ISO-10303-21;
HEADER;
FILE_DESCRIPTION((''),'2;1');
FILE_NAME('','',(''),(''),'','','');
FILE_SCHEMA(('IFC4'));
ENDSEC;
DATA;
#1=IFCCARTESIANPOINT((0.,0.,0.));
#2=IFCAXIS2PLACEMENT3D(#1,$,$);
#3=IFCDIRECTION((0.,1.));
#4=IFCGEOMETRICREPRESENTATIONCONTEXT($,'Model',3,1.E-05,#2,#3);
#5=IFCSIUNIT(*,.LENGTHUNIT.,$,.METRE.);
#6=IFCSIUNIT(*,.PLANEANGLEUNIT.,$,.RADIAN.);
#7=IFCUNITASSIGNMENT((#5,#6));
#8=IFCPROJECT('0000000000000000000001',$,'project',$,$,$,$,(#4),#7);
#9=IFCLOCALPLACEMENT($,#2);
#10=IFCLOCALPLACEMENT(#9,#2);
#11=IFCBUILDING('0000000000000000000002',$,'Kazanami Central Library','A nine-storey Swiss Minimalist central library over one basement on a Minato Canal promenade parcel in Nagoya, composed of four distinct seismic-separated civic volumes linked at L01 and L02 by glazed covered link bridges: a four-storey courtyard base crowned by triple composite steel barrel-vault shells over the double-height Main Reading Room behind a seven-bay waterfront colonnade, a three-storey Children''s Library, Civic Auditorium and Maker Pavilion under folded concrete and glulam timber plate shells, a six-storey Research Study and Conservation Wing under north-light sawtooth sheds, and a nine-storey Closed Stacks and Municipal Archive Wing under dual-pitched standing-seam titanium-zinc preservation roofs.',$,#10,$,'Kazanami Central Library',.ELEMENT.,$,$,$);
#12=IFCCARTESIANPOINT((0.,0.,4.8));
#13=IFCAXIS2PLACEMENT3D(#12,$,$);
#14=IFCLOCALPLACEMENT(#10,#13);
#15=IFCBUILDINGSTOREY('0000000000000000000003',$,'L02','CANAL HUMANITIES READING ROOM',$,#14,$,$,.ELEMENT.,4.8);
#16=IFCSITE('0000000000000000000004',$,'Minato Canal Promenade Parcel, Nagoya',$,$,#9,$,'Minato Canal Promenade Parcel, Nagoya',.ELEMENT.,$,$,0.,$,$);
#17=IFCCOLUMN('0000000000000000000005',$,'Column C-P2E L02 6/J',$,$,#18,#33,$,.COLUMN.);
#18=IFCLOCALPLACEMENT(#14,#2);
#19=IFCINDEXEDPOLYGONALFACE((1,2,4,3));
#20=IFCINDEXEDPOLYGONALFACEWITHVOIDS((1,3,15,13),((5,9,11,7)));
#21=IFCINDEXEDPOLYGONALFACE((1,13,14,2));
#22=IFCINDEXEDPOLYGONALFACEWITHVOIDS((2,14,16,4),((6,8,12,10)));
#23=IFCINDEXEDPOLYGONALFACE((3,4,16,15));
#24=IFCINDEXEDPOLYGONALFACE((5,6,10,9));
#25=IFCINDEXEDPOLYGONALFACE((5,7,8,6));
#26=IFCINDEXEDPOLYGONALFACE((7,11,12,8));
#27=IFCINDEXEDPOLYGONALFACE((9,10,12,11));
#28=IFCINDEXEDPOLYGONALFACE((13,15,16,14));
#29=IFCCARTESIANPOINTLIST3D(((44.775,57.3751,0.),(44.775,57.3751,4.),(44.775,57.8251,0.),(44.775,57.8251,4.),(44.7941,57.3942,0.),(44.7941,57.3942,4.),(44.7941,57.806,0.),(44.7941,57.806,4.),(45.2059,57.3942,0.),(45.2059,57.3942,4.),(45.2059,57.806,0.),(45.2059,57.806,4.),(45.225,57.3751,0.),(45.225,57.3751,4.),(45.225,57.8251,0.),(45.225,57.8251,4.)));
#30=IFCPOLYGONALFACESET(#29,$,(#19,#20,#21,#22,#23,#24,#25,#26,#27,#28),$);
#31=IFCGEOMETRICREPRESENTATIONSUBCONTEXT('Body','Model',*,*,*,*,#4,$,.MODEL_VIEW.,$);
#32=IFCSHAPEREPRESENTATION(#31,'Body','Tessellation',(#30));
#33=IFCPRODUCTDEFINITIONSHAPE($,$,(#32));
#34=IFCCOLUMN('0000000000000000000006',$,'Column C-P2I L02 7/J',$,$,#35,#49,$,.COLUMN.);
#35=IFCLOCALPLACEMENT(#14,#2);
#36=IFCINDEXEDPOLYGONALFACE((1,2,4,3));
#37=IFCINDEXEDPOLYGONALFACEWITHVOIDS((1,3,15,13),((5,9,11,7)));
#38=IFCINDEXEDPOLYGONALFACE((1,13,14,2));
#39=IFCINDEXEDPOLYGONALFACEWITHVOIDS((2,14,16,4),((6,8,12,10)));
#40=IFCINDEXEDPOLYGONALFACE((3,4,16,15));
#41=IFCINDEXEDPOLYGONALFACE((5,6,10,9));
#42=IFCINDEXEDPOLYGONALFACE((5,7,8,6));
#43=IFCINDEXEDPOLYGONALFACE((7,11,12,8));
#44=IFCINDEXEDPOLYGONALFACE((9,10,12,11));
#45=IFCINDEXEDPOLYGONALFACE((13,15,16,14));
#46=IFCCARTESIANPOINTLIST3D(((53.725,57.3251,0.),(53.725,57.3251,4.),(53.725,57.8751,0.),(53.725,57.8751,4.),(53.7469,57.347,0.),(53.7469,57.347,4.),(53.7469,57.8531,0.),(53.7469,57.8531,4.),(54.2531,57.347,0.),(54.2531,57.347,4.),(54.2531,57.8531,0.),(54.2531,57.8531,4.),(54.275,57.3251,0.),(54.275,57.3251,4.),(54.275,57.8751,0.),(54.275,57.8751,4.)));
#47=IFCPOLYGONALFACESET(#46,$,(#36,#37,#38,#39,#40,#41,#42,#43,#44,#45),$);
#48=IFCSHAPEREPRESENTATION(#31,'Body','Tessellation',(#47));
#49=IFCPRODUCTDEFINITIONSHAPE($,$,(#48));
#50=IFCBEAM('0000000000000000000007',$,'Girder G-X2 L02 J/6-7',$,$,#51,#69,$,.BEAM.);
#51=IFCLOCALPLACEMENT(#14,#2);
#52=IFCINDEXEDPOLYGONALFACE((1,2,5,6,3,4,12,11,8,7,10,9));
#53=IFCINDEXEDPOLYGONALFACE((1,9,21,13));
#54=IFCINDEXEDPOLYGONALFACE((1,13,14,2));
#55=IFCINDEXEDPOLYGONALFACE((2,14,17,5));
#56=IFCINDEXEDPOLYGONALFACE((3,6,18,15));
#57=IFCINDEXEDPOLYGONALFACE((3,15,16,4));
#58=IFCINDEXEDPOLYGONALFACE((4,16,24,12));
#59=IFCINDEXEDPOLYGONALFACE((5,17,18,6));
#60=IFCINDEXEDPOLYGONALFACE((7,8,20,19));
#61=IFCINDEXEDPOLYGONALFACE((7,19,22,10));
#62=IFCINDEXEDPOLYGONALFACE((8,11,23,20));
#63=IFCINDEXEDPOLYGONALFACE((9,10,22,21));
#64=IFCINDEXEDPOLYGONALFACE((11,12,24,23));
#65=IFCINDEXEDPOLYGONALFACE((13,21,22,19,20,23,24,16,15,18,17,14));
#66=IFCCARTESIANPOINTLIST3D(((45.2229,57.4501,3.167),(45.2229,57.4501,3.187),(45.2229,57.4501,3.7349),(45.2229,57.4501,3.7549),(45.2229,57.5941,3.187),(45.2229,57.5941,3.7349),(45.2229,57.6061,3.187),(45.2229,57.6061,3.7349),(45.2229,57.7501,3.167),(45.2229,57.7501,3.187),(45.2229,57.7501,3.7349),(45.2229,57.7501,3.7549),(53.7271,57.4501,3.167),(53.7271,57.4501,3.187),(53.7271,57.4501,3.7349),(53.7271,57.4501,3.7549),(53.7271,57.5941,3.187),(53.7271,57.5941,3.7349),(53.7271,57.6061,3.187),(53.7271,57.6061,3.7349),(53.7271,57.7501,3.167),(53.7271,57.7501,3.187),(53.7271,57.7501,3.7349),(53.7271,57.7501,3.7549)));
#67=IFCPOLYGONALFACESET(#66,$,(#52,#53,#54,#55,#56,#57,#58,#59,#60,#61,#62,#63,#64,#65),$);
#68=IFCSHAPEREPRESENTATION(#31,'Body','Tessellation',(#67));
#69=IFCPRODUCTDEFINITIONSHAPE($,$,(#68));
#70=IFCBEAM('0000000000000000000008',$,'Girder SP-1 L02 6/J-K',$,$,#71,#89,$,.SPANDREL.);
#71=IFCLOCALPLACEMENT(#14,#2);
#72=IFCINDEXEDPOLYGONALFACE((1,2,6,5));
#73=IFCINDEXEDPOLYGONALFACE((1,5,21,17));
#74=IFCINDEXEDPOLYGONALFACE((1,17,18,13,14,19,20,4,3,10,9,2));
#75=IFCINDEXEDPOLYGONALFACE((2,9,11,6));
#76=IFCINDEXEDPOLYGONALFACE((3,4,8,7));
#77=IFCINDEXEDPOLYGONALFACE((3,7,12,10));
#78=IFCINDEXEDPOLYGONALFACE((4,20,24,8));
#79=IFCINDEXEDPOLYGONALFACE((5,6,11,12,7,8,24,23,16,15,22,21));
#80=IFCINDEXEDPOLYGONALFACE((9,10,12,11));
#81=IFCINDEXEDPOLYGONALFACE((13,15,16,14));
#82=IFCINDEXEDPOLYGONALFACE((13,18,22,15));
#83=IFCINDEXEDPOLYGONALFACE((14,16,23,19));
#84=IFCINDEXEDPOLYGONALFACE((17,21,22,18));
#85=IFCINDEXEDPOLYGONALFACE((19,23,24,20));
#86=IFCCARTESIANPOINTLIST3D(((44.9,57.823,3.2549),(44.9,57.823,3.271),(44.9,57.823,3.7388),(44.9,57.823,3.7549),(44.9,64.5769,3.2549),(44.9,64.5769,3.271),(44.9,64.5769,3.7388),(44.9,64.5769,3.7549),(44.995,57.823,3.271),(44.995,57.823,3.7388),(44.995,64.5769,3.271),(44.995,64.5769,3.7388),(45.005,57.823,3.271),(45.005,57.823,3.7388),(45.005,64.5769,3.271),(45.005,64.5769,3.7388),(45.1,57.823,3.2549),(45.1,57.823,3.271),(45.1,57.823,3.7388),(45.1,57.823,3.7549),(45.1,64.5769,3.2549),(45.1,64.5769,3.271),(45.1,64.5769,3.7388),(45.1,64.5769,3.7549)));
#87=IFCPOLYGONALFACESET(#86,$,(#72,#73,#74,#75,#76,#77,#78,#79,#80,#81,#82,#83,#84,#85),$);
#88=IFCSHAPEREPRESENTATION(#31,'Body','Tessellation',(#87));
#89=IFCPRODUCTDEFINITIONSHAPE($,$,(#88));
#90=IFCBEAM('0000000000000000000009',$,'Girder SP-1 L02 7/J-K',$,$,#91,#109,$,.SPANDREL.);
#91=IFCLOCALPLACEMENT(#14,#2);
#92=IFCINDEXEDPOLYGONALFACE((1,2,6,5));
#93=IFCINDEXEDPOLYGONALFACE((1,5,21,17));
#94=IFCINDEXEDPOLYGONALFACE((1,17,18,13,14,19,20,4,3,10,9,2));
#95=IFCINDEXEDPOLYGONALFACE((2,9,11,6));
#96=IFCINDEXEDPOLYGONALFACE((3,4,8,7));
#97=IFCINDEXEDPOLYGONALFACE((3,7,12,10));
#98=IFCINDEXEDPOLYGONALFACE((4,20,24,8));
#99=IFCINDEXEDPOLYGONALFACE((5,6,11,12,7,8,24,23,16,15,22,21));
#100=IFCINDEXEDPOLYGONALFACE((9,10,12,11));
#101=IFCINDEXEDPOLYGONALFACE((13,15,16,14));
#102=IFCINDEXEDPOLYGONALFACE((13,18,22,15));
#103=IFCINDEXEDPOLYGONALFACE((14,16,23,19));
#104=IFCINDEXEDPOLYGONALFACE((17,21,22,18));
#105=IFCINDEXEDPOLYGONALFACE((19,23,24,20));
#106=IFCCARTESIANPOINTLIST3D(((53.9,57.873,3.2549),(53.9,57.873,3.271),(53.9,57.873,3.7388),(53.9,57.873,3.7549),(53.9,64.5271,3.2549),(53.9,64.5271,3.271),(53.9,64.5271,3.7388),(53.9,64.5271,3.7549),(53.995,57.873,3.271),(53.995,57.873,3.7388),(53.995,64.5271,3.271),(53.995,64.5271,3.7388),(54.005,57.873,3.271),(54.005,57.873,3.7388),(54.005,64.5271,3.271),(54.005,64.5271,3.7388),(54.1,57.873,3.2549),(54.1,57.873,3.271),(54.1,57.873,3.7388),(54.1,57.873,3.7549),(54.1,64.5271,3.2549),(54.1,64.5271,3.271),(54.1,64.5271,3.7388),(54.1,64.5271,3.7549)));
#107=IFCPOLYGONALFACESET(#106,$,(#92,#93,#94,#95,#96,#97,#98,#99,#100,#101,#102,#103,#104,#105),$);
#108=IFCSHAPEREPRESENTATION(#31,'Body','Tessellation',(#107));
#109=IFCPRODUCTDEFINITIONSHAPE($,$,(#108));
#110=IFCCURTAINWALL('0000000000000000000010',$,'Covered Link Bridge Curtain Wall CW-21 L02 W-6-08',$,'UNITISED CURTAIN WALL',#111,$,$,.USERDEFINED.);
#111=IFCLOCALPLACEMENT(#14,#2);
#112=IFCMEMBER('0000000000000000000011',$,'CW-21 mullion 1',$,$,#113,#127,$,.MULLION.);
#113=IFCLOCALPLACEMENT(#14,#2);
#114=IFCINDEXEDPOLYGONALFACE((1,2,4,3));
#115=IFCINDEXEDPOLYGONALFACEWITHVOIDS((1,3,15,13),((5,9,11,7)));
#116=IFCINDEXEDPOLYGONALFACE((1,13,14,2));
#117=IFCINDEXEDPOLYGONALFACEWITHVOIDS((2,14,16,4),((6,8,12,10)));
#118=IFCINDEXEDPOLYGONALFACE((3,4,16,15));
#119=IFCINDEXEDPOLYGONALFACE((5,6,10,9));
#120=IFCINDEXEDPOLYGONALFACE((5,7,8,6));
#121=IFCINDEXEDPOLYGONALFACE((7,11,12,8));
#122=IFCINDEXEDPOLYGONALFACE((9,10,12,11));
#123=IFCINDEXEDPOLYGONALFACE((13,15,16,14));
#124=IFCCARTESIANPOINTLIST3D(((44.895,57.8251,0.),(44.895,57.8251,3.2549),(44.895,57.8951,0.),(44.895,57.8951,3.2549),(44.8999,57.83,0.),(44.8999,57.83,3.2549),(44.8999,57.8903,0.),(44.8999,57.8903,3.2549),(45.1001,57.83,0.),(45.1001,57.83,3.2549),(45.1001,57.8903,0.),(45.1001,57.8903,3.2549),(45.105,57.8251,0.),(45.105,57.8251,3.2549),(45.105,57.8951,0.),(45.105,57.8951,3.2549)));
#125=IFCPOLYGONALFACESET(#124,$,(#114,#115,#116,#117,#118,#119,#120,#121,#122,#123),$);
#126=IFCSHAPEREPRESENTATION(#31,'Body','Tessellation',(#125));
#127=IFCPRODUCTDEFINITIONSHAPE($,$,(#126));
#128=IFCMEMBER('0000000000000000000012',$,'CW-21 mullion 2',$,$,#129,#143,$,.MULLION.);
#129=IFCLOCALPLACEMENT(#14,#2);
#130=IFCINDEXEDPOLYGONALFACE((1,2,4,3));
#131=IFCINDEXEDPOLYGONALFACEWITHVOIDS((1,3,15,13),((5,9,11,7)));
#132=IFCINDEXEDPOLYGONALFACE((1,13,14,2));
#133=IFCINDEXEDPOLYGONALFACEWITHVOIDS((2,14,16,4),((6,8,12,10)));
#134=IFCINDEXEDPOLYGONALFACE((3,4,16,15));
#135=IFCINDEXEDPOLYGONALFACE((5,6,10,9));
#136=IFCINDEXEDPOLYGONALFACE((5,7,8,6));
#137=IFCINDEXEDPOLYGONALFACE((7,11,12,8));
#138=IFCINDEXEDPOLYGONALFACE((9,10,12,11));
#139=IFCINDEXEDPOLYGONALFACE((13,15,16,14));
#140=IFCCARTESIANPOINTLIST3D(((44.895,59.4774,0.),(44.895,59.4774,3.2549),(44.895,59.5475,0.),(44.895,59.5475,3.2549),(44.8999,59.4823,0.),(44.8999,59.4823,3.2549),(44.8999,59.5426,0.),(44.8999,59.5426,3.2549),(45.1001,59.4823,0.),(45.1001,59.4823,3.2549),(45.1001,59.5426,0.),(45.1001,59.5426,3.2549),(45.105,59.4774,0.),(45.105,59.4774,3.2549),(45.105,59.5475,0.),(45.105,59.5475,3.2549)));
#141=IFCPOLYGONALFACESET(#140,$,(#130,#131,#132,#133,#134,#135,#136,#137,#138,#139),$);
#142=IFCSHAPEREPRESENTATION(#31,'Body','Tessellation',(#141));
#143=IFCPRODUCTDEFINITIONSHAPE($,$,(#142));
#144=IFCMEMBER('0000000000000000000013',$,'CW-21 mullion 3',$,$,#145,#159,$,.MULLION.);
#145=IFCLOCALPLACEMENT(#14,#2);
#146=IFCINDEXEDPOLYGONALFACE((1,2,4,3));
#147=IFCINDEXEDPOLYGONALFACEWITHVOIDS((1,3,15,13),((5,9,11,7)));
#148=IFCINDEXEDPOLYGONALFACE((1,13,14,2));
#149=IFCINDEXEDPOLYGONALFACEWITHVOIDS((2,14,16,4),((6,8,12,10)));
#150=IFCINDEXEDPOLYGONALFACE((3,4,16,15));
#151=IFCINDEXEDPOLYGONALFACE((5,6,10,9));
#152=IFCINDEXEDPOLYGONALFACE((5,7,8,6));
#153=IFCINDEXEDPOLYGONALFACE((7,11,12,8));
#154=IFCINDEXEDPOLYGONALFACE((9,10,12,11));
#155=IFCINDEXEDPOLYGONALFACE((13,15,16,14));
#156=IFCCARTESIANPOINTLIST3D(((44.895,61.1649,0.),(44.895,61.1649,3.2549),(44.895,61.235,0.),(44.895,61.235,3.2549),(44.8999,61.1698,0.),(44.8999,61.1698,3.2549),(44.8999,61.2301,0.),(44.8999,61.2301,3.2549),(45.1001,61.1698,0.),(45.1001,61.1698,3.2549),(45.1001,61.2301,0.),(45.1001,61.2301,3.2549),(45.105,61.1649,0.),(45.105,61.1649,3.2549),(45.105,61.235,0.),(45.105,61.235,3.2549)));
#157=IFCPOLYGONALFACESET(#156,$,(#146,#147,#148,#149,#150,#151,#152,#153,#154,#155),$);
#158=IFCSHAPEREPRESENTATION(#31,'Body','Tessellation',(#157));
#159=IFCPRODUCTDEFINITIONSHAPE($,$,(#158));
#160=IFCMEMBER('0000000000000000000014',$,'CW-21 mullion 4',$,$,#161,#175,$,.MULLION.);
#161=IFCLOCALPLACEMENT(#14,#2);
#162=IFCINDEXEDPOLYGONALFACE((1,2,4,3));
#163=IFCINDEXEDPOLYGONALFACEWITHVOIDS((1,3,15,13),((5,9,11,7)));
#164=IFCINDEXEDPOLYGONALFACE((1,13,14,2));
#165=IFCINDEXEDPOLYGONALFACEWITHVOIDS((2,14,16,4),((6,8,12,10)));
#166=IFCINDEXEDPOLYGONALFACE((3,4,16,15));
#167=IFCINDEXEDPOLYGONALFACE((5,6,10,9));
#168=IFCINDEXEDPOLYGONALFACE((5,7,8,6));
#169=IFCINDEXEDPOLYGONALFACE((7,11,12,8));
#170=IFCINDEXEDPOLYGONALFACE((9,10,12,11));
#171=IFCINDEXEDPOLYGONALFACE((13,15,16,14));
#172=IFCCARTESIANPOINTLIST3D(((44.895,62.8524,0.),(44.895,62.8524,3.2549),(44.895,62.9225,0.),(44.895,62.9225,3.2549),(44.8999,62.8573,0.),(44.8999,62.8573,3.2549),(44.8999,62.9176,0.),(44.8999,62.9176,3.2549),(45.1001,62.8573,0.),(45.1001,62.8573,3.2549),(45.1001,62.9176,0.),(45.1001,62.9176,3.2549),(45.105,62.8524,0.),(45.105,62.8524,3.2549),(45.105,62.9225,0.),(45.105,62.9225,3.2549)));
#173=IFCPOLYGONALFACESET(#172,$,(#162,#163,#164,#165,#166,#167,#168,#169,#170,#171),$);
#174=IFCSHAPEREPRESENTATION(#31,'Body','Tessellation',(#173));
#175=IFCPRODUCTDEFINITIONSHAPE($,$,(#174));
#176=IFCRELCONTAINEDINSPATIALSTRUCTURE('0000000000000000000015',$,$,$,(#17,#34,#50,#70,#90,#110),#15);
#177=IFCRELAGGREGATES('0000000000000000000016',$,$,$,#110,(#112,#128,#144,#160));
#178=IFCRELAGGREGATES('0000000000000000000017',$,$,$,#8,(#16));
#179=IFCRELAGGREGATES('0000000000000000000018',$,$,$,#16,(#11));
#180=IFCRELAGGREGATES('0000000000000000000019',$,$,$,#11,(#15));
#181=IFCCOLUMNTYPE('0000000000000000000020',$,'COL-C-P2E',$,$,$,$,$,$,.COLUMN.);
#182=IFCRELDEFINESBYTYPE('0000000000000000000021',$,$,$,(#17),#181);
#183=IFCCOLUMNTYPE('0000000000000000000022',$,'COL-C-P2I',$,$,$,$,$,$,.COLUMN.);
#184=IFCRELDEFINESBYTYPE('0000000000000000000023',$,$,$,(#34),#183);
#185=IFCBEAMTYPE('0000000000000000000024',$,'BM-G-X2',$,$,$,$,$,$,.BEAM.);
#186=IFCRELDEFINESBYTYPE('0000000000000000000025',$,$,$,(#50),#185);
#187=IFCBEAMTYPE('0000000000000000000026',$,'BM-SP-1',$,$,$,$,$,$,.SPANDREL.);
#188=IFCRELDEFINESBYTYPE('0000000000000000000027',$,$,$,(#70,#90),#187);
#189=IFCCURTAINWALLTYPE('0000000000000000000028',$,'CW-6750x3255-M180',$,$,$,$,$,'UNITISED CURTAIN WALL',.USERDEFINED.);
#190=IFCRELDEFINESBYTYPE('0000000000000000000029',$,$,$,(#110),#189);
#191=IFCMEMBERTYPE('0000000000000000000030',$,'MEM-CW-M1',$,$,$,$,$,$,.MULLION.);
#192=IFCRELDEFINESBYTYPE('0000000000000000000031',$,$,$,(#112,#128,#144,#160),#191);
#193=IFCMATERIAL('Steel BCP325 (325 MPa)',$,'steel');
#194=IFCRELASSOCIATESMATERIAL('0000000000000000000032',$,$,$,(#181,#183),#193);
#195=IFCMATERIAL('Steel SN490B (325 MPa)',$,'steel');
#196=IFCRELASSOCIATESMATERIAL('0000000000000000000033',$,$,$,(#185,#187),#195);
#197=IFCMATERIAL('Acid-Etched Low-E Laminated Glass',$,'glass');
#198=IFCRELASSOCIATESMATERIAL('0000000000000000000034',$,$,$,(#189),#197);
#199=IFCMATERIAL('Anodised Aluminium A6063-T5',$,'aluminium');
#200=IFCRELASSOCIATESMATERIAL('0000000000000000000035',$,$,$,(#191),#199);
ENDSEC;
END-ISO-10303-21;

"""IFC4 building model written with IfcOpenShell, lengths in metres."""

from ifc_helpers import new_model, si_unit, direction, frame, origin, origin_2d, place, context, subcontext, project, spatial, hollow_rectangle, i_section, extrude, material, material_profile, profile_set, type_object, element, aggregate, save


model = new_model("IFC4")

# Units and contexts
model_context = context("Model", 3, precision=1e-05, world=origin(), true_north=direction((0.0, 1.0)))
body_context = subcontext(model_context, "Body", "Model", "MODEL_VIEW")
ifc_project = project(units=[si_unit("LENGTHUNIT", "METRE"), si_unit("PLANEANGLEUNIT", "RADIAN")], contexts=[model_context])

# Site, building, storey
site_placement = place(None, origin())
site = spatial("IfcSite", under=ifc_project, at=site_placement, Name="Minato Canal Promenade Parcel, Nagoya", LongName="Minato Canal Promenade Parcel, Nagoya", CompositionType="ELEMENT", RefElevation=0.0)
building_placement = place(site_placement, origin())
building = spatial("IfcBuilding", under=site, at=building_placement, Name="Kazanami Central Library", Description="A nine-storey Swiss Minimalist central library over one basement on a Minato Canal promenade parcel in Nagoya, composed of four distinct seismic-separated civic volumes linked at L01 and L02 by glazed covered link bridges: a four-storey courtyard base crowned by triple composite steel barrel-vault shells over the double-height Main Reading Room behind a seven-bay waterfront colonnade, a three-storey Children's Library, Civic Auditorium and Maker Pavilion under folded concrete and glulam timber plate shells, a six-storey Research Study and Conservation Wing under north-light sawtooth sheds, and a nine-storey Closed Stacks and Municipal Archive Wing under dual-pitched standing-seam titanium-zinc preservation roofs.", LongName="Kazanami Central Library", CompositionType="ELEMENT")
storey_placement = place(building_placement, frame((0.0, 0.0, 4.8)))
storey = spatial("IfcBuildingStorey", under=building, at=storey_placement, Name="L02", Description="CANAL HUMANITIES READING ROOM", CompositionType="ELEMENT", Elevation=4.8)

# Columns
ifc_material_1 = material(Name="Steel BCP325 (325 MPa)", Category="steel")
ifc_material_profile_1 = material_profile(ifc_material_1, hollow_rectangle(XDim=0.45, YDim=0.45, WallThickness=0.019, at=origin_2d()), Name="BCP-450x450x19")
ifc_profile_set_1 = profile_set([ifc_material_profile_1], Name="Steel BCP325 (325 MPa)")
column_type_1 = type_object("IfcColumnType", Name="COL-C-P2E", PredefinedType="COLUMN", material=ifc_profile_set_1)
column_1_placement = place(storey_placement, frame((45.0, 57.6001, 0.0), z_axis=(0.0, 0.0, 1.0), x_axis=(1.0, 0.0, 0.0)))
element("IfcColumn", 1, at=column_1_placement, inside=storey, type_object=column_type_1, Name="Column C-P2E L02 6/J", PredefinedType="COLUMN", context=body_context, shape_type="SweptSolid", body=[
    extrude(hollow_rectangle(XDim=0.45, YDim=0.45, WallThickness=0.019, at=origin_2d()), origin(), (0.0, 0.0, 1.0), 4.0),
])
ifc_material_profile_2 = material_profile(ifc_material_1, hollow_rectangle(XDim=0.55, YDim=0.55, WallThickness=0.022, at=origin_2d()), Name="BCP-550x550x22")
ifc_profile_set_2 = profile_set([ifc_material_profile_2], Name="Steel BCP325 (325 MPa)")
column_type_2 = type_object("IfcColumnType", Name="COL-C-P2I", PredefinedType="COLUMN", material=ifc_profile_set_2)
column_2_placement = place(storey_placement, frame((54.0, 57.6001, 0.0), z_axis=(0.0, 0.0, 1.0), x_axis=(1.0, 0.0, 0.0)))
element("IfcColumn", 2, at=column_2_placement, inside=storey, type_object=column_type_2, Name="Column C-P2I L02 7/J", PredefinedType="COLUMN", context=body_context, shape_type="SweptSolid", body=[
    extrude(hollow_rectangle(XDim=0.55, YDim=0.55, WallThickness=0.022, at=origin_2d()), origin(), (0.0, 0.0, 1.0), 4.0),
])

# Beams
ifc_material_2 = material(Name="Steel SN490B (325 MPa)", Category="steel")
ifc_material_profile_3 = material_profile(ifc_material_2, i_section(OverallWidth=0.3, OverallDepth=0.5879, WebThickness=0.012, FlangeThickness=0.02, at=origin_2d()), Name="H-588x300x12x20")
ifc_profile_set_3 = profile_set([ifc_material_profile_3], Name="Steel SN490B (325 MPa)")
beam_type_1 = type_object("IfcBeamType", Name="BM-G-X2", PredefinedType="BEAM", material=ifc_profile_set_3)
beam_1_placement = place(storey_placement, frame((45.2229, 57.6001, 3.4609), z_axis=(1.0, 0.0, 0.0), x_axis=(0.0, 1.0, 0.0)))
element("IfcBeam", 3, at=beam_1_placement, inside=storey, type_object=beam_type_1, Name="Girder G-X2 L02 J/6-7", PredefinedType="BEAM", context=body_context, shape_type="SweptSolid", body=[
    extrude(i_section(OverallWidth=0.3, OverallDepth=0.5879, WebThickness=0.012, FlangeThickness=0.02, at=origin_2d()), origin(), (0.0, 0.0, 1.0), 8.5042),
])
ifc_material_profile_4 = material_profile(ifc_material_2, i_section(OverallWidth=0.2, OverallDepth=0.5, WebThickness=0.01, FlangeThickness=0.0161, at=origin_2d()), Name="H-500x200x10x16")
ifc_profile_set_4 = profile_set([ifc_material_profile_4], Name="Steel SN490B (325 MPa)")
beam_type_2 = type_object("IfcBeamType", Name="BM-SP-1", PredefinedType="SPANDREL", material=ifc_profile_set_4)
beam_2_placement = place(storey_placement, frame((45.0, 57.823, 3.5049), z_axis=(0.0, 1.0, 0.0), x_axis=(-1.0, 0.0, 0.0)))
element("IfcBeam", 4, at=beam_2_placement, inside=storey, type_object=beam_type_2, Name="Girder SP-1 L02 6/J-K", PredefinedType="SPANDREL", context=body_context, shape_type="SweptSolid", body=[
    extrude(i_section(OverallWidth=0.2, OverallDepth=0.5, WebThickness=0.01, FlangeThickness=0.0161, at=origin_2d()), origin(), (0.0, 0.0, 1.0), 6.7539),
])
beam_3_placement = place(storey_placement, frame((54.0, 57.873, 3.5049), z_axis=(0.0, 1.0, 0.0), x_axis=(-1.0, 0.0, 0.0)))
element("IfcBeam", 5, at=beam_3_placement, inside=storey, type_object=beam_type_2, Name="Girder SP-1 L02 7/J-K", PredefinedType="SPANDREL", context=body_context, shape_type="SweptSolid", body=[
    extrude(i_section(OverallWidth=0.2, OverallDepth=0.5, WebThickness=0.01, FlangeThickness=0.0161, at=origin_2d()), origin(), (0.0, 0.0, 1.0), 6.6541),
])

# Curtain wall, members
ifc_material_3 = material(Name="Acid-Etched Low-E Laminated Glass", Category="glass")
curtain_wall_type_1 = type_object("IfcCurtainWallType", Name="CW-6750x3255-M180", ElementType="UNITISED CURTAIN WALL", PredefinedType="USERDEFINED", material=ifc_material_3)
curtain_wall_1_placement = place(storey_placement, origin())
curtain_wall_1 = element("IfcCurtainWall", 6, at=curtain_wall_1_placement, inside=storey, type_object=curtain_wall_type_1, Name="Covered Link Bridge Curtain Wall CW-21 L02 W-6-08", ObjectType="UNITISED CURTAIN WALL", PredefinedType="USERDEFINED")
ifc_material_4 = material(Name="Anodised Aluminium A6063-T5", Category="aluminium")
ifc_material_profile_5 = material_profile(ifc_material_4, hollow_rectangle(XDim=0.0701, YDim=0.21, WallThickness=0.0049, at=origin_2d()), Name="ALU-MULL-70x210x5")
ifc_profile_set_5 = profile_set([ifc_material_profile_5], Name="Anodised Aluminium A6063-T5")
member_type_1 = type_object("IfcMemberType", Name="MEM-CW-M1", PredefinedType="MULLION", material=ifc_profile_set_5)
member_1_placement = place(storey_placement, frame((45.0, 57.8601, 0.0), z_axis=(0.0, 0.0, 1.0), x_axis=(0.0, 1.0, 0.0)))
member_1 = element("IfcMember", 7, at=member_1_placement, type_object=member_type_1, Name="CW-21 mullion 1", PredefinedType="MULLION", context=body_context, shape_type="SweptSolid", body=[
    extrude(hollow_rectangle(XDim=0.0701, YDim=0.21, WallThickness=0.0049, at=origin_2d()), origin(), (0.0, 0.0, 1.0), 3.2549),
])
member_2_placement = place(storey_placement, frame((45.0, 59.5125, 0.0), z_axis=(0.0, 0.0, 1.0), x_axis=(0.0, 1.0, 0.0)))
member_2 = element("IfcMember", 8, at=member_2_placement, type_object=member_type_1, Name="CW-21 mullion 2", PredefinedType="MULLION", context=body_context, shape_type="SweptSolid", body=[
    extrude(hollow_rectangle(XDim=0.0701, YDim=0.21, WallThickness=0.0049, at=origin_2d()), origin(), (0.0, 0.0, 1.0), 3.2549),
])
member_3_placement = place(storey_placement, frame((45.0, 61.2, 0.0), z_axis=(0.0, 0.0, 1.0), x_axis=(0.0, 1.0, 0.0)))
member_3 = element("IfcMember", 9, at=member_3_placement, type_object=member_type_1, Name="CW-21 mullion 3", PredefinedType="MULLION", context=body_context, shape_type="SweptSolid", body=[
    extrude(hollow_rectangle(XDim=0.0701, YDim=0.21, WallThickness=0.0049, at=origin_2d()), origin(), (0.0, 0.0, 1.0), 3.2549),
])
member_4_placement = place(storey_placement, frame((45.0, 62.8875, 0.0), z_axis=(0.0, 0.0, 1.0), x_axis=(0.0, 1.0, 0.0)))
member_4 = element("IfcMember", 10, at=member_4_placement, type_object=member_type_1, Name="CW-21 mullion 4", PredefinedType="MULLION", context=body_context, shape_type="SweptSolid", body=[
    extrude(hollow_rectangle(XDim=0.0701, YDim=0.21, WallThickness=0.0049, at=origin_2d()), origin(), (0.0, 0.0, 1.0), 3.2549),
])

aggregate(curtain_wall_1, [member_1, member_2, member_3, member_4])

save(model, "model.ifc")
